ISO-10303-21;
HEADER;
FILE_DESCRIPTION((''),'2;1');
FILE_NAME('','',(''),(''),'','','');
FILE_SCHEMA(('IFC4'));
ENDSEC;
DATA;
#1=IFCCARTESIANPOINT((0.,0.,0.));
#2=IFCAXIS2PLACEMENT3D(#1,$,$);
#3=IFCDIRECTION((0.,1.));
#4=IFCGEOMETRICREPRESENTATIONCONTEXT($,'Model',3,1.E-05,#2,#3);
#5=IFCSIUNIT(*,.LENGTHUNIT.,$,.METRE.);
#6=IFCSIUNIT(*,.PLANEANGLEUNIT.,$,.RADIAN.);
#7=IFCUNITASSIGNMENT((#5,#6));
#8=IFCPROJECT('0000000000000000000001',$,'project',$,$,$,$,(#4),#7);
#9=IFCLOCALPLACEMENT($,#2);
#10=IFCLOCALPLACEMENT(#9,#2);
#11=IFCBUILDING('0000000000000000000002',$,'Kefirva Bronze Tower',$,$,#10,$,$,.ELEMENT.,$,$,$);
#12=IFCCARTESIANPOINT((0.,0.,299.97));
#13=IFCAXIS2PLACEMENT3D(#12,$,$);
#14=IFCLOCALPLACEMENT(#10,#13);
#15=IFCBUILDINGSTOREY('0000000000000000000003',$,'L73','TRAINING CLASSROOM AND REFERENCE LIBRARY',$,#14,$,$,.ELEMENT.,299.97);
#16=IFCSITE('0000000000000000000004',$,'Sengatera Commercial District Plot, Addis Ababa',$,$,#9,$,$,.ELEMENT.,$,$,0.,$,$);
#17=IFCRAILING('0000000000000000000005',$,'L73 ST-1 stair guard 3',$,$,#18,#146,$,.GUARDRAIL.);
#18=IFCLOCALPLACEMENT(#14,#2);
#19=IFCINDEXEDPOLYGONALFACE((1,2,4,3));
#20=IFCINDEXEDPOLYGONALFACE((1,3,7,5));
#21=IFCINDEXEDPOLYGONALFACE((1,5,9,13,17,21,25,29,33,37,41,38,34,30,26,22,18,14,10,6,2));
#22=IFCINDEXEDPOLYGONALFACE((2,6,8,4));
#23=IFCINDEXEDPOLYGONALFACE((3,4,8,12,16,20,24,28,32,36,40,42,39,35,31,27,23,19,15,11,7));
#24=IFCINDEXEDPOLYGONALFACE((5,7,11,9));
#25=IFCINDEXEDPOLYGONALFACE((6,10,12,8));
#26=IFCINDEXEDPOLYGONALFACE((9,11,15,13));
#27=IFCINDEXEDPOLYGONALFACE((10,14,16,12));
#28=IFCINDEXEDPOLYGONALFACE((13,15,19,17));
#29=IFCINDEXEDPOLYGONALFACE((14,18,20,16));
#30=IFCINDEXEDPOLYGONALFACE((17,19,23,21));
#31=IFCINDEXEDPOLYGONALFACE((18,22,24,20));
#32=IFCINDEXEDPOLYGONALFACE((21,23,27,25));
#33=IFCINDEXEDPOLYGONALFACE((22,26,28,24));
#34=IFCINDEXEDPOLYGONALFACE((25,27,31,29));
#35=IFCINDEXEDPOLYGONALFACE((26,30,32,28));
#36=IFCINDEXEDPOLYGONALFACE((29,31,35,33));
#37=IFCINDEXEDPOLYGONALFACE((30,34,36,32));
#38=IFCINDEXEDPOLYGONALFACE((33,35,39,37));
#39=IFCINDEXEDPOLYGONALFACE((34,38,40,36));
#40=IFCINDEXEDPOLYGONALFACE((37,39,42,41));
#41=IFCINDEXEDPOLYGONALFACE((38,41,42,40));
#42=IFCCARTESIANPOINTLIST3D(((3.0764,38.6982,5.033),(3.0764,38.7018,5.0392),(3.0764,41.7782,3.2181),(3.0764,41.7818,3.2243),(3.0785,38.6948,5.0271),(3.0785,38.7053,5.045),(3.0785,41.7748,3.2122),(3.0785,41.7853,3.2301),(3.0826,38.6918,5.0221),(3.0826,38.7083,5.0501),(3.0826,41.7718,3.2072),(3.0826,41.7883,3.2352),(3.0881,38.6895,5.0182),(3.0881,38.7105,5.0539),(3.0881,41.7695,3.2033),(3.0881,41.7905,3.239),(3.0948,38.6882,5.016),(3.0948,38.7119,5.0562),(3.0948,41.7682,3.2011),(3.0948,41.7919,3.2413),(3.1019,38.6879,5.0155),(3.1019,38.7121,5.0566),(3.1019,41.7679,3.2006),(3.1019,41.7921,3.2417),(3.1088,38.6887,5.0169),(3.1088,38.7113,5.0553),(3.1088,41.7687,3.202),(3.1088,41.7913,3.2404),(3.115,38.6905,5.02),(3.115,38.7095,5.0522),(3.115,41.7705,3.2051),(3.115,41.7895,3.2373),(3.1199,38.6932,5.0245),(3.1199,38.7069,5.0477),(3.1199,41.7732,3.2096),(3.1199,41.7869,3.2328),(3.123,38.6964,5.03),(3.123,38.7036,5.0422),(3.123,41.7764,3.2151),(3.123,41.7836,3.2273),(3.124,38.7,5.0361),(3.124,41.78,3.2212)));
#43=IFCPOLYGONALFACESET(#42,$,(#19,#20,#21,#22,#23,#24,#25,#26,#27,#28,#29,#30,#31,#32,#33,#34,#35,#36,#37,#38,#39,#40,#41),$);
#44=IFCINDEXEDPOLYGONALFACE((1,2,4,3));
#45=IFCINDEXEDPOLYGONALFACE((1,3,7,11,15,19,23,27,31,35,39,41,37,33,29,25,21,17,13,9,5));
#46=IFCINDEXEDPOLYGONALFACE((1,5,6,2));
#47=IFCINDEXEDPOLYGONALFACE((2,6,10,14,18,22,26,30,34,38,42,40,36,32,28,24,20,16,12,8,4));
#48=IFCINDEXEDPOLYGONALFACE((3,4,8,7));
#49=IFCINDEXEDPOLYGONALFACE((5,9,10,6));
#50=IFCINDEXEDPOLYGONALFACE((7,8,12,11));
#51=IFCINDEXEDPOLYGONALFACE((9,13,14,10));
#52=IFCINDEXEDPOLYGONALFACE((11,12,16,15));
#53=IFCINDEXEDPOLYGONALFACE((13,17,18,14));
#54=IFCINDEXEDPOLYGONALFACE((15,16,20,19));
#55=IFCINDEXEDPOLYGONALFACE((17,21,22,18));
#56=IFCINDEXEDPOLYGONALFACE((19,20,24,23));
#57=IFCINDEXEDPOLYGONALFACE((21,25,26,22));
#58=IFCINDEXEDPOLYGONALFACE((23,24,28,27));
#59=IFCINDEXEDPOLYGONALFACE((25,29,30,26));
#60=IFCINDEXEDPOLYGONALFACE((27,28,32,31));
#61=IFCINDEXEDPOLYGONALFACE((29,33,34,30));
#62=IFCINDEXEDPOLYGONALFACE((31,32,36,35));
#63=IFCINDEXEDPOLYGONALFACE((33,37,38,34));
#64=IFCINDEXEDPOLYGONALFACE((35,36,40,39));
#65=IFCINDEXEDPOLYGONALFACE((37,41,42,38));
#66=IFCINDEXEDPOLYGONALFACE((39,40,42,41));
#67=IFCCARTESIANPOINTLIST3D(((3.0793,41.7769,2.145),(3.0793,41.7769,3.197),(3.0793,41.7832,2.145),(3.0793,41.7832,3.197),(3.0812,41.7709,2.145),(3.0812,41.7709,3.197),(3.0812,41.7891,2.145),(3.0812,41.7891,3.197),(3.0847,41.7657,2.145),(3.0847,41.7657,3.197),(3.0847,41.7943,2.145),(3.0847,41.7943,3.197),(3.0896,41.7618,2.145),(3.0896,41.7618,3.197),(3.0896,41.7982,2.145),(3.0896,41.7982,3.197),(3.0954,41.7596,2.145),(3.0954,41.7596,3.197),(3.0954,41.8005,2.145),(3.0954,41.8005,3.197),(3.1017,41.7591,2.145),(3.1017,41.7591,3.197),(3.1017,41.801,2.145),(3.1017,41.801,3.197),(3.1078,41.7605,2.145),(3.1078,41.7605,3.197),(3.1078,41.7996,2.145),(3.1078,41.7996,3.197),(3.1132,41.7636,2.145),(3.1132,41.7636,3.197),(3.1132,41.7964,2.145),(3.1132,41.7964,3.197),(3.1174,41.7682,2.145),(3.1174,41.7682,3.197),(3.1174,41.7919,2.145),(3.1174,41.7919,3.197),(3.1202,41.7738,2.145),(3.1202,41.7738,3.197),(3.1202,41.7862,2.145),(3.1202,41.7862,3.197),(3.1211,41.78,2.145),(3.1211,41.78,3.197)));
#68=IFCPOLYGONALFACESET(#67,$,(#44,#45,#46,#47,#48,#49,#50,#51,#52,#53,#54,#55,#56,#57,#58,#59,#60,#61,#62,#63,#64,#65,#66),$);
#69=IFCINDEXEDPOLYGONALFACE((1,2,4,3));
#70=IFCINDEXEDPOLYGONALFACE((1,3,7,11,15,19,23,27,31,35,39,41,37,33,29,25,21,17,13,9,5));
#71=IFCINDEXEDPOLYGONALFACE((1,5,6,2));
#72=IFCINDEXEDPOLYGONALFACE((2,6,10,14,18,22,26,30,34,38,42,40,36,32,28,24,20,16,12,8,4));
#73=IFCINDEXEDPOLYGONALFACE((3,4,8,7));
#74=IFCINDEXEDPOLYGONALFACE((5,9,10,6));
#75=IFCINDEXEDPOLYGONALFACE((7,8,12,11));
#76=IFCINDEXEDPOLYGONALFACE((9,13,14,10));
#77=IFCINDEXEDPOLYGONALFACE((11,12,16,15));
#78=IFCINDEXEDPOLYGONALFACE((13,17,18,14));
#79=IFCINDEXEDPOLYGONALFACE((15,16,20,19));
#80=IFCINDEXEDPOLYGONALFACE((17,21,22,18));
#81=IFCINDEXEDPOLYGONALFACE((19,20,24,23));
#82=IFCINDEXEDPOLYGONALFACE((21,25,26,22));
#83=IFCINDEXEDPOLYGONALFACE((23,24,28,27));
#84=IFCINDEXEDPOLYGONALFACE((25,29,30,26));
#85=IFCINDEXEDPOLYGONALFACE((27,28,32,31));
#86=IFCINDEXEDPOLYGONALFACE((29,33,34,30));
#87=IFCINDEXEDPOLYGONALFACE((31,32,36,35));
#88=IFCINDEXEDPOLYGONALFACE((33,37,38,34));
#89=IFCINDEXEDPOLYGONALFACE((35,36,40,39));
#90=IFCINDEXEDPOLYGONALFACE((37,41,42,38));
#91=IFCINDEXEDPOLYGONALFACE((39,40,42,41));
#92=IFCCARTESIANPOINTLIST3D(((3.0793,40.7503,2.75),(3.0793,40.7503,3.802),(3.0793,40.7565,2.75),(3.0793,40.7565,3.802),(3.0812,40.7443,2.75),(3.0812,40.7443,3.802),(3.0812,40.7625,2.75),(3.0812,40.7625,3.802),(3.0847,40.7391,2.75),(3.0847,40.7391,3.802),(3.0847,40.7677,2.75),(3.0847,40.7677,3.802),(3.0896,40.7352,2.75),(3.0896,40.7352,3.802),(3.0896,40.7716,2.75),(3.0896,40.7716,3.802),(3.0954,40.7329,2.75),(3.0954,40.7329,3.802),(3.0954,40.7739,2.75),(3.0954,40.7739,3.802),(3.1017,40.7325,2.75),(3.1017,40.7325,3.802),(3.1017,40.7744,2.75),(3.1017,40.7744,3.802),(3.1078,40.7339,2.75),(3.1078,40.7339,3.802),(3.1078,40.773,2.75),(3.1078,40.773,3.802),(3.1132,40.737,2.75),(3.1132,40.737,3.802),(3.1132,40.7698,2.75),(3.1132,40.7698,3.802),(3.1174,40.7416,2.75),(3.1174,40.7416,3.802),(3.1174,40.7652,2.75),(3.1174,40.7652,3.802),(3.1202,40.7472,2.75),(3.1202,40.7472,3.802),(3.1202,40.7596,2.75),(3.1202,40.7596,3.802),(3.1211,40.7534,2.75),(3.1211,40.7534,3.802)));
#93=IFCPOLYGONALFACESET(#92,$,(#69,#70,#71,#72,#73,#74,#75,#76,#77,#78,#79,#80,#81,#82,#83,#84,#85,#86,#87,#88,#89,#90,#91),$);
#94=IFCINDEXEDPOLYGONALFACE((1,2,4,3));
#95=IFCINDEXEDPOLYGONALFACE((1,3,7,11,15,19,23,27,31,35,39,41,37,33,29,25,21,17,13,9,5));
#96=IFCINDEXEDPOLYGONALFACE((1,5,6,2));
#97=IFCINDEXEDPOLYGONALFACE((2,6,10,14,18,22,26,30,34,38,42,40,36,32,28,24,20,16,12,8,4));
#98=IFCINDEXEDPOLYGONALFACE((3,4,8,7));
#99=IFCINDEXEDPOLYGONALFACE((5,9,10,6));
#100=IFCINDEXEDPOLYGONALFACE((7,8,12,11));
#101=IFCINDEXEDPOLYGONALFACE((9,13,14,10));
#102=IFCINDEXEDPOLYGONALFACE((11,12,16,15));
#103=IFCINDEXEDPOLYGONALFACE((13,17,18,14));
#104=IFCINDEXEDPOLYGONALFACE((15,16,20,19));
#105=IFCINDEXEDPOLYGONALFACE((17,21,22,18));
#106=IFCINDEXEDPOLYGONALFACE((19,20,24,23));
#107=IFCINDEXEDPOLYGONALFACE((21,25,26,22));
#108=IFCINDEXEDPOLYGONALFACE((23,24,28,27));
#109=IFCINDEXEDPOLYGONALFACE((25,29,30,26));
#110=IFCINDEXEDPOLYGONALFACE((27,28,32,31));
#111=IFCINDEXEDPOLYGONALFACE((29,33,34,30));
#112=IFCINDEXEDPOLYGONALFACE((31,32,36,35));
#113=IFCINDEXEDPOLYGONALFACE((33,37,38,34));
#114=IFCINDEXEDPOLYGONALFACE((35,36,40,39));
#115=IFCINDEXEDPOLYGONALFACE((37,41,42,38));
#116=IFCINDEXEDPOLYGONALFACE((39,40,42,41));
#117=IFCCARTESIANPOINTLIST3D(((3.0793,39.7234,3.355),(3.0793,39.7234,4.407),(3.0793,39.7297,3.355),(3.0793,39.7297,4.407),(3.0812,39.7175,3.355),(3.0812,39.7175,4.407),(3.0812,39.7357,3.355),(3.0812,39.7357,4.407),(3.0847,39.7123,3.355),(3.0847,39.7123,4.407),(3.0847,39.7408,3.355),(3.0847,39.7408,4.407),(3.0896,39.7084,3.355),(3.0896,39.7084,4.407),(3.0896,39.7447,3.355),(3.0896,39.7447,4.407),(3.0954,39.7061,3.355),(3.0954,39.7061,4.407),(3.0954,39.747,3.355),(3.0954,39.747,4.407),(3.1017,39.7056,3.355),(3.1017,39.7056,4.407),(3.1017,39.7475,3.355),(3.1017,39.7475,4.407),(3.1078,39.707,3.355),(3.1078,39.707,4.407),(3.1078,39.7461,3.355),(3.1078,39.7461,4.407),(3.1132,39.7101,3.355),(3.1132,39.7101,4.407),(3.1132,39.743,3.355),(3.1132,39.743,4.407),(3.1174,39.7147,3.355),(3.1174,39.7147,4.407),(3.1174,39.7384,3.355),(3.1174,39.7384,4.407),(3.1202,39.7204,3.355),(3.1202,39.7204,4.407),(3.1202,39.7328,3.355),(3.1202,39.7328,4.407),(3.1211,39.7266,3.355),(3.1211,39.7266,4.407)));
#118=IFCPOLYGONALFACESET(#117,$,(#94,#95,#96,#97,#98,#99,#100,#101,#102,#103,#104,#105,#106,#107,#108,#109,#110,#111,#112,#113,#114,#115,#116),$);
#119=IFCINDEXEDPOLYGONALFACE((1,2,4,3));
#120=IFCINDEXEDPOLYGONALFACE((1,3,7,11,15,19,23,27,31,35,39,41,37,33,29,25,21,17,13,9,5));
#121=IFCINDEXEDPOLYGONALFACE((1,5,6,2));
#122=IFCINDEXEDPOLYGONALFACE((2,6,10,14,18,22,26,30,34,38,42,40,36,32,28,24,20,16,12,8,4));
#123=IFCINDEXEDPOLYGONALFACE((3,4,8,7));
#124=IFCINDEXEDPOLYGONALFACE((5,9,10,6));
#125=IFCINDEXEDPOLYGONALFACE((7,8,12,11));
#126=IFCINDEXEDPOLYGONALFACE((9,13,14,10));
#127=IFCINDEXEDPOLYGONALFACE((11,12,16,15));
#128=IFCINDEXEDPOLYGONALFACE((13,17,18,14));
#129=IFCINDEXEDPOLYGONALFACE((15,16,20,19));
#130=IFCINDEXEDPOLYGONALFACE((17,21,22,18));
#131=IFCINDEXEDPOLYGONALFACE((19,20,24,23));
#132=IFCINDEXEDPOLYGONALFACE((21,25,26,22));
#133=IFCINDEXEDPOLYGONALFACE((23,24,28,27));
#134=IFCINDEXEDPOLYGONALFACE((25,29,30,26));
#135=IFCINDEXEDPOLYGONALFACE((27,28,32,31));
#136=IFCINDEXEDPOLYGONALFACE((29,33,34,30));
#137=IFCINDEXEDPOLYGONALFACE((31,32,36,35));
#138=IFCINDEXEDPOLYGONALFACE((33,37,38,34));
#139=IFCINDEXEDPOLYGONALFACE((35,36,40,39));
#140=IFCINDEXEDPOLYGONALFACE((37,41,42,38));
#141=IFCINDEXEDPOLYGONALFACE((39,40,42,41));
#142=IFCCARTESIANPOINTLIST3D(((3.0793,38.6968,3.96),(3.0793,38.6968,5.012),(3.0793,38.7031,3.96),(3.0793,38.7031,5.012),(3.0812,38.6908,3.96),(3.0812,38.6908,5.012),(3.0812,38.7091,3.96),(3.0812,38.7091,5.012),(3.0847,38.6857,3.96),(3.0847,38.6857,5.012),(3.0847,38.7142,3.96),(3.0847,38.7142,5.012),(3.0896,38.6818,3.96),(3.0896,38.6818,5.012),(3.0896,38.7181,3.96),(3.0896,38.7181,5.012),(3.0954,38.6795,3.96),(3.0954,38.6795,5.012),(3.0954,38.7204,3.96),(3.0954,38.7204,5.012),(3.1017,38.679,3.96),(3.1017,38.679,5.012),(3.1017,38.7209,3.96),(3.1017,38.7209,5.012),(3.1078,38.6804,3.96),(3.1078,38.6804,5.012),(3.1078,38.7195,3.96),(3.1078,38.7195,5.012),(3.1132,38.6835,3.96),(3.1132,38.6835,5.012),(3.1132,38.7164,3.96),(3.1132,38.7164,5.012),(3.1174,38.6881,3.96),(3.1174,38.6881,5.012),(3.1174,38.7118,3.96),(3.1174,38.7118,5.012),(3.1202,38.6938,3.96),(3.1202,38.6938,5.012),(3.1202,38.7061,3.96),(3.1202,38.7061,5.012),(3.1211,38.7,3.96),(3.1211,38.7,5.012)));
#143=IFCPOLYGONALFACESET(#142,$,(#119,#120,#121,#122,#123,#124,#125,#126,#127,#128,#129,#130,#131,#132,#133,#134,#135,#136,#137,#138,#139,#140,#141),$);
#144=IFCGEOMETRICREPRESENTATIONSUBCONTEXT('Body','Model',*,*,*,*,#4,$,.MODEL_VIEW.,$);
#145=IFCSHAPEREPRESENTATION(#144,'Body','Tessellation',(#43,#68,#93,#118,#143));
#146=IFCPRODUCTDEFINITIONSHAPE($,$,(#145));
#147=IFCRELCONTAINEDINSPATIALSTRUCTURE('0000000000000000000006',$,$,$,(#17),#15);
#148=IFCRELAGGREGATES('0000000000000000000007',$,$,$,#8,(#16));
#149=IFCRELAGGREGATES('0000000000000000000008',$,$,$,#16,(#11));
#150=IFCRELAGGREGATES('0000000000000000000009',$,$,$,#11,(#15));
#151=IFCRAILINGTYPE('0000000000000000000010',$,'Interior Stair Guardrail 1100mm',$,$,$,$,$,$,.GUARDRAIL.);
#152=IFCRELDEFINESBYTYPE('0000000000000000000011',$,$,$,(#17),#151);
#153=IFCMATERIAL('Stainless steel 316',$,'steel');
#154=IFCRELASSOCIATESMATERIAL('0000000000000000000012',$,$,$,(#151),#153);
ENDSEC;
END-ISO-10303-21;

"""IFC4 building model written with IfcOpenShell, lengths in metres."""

from ifc_helpers import new_model, si_unit, direction, frame, origin, origin_2d, place, context, subcontext, project, spatial, circle, extrude, material, type_object, element, save


model = new_model("IFC4")

# Units and contexts
model_context = context("Model", 3, precision=1e-05, world=origin(), true_north=direction((0.0, 1.0)))
body_context = subcontext(model_context, "Body", "Model", "MODEL_VIEW")
ifc_project = project(units=[si_unit("LENGTHUNIT", "METRE"), si_unit("PLANEANGLEUNIT", "RADIAN")], contexts=[model_context])

# Site, building, storey
site_placement = place(None, origin())
site = spatial("IfcSite", under=ifc_project, at=site_placement, Name="Sengatera Commercial District Plot, Addis Ababa", CompositionType="ELEMENT", RefElevation=0.0)
building_placement = place(site_placement, origin())
building = spatial("IfcBuilding", under=site, at=building_placement, Name="Kefirva Bronze Tower", CompositionType="ELEMENT")
storey_placement = place(building_placement, frame((0.0, 0.0, 299.97)))
storey = spatial("IfcBuildingStorey", under=building, at=storey_placement, Name="L73", Description="TRAINING CLASSROOM AND REFERENCE LIBRARY", CompositionType="ELEMENT", Elevation=299.97)

# Railing
ifc_material_1 = material(Name="Stainless steel 316", Category="steel")
railing_type_1 = type_object("IfcRailingType", Name="Interior Stair Guardrail 1100mm", PredefinedType="GUARDRAIL", material=ifc_material_1)
railing_1_placement = place(storey_placement, frame((3.1001, 41.78, 2.145)))
element("IfcRailing", 1, at=railing_1_placement, inside=storey, type_object=railing_type_1, Name="L73 ST-1 stair guard 3", PredefinedType="GUARDRAIL", context=body_context, shape_type="SweptSolid", body=[
    extrude(circle(Radius=0.0239, at=origin_2d()), frame((0.0, 0.0, 1.0762), z_axis=(0.0, -0.861551, 0.507671), x_axis=(1.0, 0.0, 0.0)), (0.0, 0.0, 1.0), 3.575),
    extrude(circle(Radius=0.021, at=origin_2d()), origin(), (0.0, 0.0, 1.0), 1.052),
    extrude(circle(Radius=0.021, at=origin_2d()), frame((0.0, -1.0266, 0.605)), (0.0, 0.0, 1.0), 1.052),
    extrude(circle(Radius=0.021, at=origin_2d()), frame((0.0, -2.0535, 1.21)), (0.0, 0.0, 1.0), 1.052),
    extrude(circle(Radius=0.021, at=origin_2d()), frame((0.0, -3.0801, 1.8149)), (0.0, 0.0, 1.0), 1.052),
])

save(model, "model.ifc")
